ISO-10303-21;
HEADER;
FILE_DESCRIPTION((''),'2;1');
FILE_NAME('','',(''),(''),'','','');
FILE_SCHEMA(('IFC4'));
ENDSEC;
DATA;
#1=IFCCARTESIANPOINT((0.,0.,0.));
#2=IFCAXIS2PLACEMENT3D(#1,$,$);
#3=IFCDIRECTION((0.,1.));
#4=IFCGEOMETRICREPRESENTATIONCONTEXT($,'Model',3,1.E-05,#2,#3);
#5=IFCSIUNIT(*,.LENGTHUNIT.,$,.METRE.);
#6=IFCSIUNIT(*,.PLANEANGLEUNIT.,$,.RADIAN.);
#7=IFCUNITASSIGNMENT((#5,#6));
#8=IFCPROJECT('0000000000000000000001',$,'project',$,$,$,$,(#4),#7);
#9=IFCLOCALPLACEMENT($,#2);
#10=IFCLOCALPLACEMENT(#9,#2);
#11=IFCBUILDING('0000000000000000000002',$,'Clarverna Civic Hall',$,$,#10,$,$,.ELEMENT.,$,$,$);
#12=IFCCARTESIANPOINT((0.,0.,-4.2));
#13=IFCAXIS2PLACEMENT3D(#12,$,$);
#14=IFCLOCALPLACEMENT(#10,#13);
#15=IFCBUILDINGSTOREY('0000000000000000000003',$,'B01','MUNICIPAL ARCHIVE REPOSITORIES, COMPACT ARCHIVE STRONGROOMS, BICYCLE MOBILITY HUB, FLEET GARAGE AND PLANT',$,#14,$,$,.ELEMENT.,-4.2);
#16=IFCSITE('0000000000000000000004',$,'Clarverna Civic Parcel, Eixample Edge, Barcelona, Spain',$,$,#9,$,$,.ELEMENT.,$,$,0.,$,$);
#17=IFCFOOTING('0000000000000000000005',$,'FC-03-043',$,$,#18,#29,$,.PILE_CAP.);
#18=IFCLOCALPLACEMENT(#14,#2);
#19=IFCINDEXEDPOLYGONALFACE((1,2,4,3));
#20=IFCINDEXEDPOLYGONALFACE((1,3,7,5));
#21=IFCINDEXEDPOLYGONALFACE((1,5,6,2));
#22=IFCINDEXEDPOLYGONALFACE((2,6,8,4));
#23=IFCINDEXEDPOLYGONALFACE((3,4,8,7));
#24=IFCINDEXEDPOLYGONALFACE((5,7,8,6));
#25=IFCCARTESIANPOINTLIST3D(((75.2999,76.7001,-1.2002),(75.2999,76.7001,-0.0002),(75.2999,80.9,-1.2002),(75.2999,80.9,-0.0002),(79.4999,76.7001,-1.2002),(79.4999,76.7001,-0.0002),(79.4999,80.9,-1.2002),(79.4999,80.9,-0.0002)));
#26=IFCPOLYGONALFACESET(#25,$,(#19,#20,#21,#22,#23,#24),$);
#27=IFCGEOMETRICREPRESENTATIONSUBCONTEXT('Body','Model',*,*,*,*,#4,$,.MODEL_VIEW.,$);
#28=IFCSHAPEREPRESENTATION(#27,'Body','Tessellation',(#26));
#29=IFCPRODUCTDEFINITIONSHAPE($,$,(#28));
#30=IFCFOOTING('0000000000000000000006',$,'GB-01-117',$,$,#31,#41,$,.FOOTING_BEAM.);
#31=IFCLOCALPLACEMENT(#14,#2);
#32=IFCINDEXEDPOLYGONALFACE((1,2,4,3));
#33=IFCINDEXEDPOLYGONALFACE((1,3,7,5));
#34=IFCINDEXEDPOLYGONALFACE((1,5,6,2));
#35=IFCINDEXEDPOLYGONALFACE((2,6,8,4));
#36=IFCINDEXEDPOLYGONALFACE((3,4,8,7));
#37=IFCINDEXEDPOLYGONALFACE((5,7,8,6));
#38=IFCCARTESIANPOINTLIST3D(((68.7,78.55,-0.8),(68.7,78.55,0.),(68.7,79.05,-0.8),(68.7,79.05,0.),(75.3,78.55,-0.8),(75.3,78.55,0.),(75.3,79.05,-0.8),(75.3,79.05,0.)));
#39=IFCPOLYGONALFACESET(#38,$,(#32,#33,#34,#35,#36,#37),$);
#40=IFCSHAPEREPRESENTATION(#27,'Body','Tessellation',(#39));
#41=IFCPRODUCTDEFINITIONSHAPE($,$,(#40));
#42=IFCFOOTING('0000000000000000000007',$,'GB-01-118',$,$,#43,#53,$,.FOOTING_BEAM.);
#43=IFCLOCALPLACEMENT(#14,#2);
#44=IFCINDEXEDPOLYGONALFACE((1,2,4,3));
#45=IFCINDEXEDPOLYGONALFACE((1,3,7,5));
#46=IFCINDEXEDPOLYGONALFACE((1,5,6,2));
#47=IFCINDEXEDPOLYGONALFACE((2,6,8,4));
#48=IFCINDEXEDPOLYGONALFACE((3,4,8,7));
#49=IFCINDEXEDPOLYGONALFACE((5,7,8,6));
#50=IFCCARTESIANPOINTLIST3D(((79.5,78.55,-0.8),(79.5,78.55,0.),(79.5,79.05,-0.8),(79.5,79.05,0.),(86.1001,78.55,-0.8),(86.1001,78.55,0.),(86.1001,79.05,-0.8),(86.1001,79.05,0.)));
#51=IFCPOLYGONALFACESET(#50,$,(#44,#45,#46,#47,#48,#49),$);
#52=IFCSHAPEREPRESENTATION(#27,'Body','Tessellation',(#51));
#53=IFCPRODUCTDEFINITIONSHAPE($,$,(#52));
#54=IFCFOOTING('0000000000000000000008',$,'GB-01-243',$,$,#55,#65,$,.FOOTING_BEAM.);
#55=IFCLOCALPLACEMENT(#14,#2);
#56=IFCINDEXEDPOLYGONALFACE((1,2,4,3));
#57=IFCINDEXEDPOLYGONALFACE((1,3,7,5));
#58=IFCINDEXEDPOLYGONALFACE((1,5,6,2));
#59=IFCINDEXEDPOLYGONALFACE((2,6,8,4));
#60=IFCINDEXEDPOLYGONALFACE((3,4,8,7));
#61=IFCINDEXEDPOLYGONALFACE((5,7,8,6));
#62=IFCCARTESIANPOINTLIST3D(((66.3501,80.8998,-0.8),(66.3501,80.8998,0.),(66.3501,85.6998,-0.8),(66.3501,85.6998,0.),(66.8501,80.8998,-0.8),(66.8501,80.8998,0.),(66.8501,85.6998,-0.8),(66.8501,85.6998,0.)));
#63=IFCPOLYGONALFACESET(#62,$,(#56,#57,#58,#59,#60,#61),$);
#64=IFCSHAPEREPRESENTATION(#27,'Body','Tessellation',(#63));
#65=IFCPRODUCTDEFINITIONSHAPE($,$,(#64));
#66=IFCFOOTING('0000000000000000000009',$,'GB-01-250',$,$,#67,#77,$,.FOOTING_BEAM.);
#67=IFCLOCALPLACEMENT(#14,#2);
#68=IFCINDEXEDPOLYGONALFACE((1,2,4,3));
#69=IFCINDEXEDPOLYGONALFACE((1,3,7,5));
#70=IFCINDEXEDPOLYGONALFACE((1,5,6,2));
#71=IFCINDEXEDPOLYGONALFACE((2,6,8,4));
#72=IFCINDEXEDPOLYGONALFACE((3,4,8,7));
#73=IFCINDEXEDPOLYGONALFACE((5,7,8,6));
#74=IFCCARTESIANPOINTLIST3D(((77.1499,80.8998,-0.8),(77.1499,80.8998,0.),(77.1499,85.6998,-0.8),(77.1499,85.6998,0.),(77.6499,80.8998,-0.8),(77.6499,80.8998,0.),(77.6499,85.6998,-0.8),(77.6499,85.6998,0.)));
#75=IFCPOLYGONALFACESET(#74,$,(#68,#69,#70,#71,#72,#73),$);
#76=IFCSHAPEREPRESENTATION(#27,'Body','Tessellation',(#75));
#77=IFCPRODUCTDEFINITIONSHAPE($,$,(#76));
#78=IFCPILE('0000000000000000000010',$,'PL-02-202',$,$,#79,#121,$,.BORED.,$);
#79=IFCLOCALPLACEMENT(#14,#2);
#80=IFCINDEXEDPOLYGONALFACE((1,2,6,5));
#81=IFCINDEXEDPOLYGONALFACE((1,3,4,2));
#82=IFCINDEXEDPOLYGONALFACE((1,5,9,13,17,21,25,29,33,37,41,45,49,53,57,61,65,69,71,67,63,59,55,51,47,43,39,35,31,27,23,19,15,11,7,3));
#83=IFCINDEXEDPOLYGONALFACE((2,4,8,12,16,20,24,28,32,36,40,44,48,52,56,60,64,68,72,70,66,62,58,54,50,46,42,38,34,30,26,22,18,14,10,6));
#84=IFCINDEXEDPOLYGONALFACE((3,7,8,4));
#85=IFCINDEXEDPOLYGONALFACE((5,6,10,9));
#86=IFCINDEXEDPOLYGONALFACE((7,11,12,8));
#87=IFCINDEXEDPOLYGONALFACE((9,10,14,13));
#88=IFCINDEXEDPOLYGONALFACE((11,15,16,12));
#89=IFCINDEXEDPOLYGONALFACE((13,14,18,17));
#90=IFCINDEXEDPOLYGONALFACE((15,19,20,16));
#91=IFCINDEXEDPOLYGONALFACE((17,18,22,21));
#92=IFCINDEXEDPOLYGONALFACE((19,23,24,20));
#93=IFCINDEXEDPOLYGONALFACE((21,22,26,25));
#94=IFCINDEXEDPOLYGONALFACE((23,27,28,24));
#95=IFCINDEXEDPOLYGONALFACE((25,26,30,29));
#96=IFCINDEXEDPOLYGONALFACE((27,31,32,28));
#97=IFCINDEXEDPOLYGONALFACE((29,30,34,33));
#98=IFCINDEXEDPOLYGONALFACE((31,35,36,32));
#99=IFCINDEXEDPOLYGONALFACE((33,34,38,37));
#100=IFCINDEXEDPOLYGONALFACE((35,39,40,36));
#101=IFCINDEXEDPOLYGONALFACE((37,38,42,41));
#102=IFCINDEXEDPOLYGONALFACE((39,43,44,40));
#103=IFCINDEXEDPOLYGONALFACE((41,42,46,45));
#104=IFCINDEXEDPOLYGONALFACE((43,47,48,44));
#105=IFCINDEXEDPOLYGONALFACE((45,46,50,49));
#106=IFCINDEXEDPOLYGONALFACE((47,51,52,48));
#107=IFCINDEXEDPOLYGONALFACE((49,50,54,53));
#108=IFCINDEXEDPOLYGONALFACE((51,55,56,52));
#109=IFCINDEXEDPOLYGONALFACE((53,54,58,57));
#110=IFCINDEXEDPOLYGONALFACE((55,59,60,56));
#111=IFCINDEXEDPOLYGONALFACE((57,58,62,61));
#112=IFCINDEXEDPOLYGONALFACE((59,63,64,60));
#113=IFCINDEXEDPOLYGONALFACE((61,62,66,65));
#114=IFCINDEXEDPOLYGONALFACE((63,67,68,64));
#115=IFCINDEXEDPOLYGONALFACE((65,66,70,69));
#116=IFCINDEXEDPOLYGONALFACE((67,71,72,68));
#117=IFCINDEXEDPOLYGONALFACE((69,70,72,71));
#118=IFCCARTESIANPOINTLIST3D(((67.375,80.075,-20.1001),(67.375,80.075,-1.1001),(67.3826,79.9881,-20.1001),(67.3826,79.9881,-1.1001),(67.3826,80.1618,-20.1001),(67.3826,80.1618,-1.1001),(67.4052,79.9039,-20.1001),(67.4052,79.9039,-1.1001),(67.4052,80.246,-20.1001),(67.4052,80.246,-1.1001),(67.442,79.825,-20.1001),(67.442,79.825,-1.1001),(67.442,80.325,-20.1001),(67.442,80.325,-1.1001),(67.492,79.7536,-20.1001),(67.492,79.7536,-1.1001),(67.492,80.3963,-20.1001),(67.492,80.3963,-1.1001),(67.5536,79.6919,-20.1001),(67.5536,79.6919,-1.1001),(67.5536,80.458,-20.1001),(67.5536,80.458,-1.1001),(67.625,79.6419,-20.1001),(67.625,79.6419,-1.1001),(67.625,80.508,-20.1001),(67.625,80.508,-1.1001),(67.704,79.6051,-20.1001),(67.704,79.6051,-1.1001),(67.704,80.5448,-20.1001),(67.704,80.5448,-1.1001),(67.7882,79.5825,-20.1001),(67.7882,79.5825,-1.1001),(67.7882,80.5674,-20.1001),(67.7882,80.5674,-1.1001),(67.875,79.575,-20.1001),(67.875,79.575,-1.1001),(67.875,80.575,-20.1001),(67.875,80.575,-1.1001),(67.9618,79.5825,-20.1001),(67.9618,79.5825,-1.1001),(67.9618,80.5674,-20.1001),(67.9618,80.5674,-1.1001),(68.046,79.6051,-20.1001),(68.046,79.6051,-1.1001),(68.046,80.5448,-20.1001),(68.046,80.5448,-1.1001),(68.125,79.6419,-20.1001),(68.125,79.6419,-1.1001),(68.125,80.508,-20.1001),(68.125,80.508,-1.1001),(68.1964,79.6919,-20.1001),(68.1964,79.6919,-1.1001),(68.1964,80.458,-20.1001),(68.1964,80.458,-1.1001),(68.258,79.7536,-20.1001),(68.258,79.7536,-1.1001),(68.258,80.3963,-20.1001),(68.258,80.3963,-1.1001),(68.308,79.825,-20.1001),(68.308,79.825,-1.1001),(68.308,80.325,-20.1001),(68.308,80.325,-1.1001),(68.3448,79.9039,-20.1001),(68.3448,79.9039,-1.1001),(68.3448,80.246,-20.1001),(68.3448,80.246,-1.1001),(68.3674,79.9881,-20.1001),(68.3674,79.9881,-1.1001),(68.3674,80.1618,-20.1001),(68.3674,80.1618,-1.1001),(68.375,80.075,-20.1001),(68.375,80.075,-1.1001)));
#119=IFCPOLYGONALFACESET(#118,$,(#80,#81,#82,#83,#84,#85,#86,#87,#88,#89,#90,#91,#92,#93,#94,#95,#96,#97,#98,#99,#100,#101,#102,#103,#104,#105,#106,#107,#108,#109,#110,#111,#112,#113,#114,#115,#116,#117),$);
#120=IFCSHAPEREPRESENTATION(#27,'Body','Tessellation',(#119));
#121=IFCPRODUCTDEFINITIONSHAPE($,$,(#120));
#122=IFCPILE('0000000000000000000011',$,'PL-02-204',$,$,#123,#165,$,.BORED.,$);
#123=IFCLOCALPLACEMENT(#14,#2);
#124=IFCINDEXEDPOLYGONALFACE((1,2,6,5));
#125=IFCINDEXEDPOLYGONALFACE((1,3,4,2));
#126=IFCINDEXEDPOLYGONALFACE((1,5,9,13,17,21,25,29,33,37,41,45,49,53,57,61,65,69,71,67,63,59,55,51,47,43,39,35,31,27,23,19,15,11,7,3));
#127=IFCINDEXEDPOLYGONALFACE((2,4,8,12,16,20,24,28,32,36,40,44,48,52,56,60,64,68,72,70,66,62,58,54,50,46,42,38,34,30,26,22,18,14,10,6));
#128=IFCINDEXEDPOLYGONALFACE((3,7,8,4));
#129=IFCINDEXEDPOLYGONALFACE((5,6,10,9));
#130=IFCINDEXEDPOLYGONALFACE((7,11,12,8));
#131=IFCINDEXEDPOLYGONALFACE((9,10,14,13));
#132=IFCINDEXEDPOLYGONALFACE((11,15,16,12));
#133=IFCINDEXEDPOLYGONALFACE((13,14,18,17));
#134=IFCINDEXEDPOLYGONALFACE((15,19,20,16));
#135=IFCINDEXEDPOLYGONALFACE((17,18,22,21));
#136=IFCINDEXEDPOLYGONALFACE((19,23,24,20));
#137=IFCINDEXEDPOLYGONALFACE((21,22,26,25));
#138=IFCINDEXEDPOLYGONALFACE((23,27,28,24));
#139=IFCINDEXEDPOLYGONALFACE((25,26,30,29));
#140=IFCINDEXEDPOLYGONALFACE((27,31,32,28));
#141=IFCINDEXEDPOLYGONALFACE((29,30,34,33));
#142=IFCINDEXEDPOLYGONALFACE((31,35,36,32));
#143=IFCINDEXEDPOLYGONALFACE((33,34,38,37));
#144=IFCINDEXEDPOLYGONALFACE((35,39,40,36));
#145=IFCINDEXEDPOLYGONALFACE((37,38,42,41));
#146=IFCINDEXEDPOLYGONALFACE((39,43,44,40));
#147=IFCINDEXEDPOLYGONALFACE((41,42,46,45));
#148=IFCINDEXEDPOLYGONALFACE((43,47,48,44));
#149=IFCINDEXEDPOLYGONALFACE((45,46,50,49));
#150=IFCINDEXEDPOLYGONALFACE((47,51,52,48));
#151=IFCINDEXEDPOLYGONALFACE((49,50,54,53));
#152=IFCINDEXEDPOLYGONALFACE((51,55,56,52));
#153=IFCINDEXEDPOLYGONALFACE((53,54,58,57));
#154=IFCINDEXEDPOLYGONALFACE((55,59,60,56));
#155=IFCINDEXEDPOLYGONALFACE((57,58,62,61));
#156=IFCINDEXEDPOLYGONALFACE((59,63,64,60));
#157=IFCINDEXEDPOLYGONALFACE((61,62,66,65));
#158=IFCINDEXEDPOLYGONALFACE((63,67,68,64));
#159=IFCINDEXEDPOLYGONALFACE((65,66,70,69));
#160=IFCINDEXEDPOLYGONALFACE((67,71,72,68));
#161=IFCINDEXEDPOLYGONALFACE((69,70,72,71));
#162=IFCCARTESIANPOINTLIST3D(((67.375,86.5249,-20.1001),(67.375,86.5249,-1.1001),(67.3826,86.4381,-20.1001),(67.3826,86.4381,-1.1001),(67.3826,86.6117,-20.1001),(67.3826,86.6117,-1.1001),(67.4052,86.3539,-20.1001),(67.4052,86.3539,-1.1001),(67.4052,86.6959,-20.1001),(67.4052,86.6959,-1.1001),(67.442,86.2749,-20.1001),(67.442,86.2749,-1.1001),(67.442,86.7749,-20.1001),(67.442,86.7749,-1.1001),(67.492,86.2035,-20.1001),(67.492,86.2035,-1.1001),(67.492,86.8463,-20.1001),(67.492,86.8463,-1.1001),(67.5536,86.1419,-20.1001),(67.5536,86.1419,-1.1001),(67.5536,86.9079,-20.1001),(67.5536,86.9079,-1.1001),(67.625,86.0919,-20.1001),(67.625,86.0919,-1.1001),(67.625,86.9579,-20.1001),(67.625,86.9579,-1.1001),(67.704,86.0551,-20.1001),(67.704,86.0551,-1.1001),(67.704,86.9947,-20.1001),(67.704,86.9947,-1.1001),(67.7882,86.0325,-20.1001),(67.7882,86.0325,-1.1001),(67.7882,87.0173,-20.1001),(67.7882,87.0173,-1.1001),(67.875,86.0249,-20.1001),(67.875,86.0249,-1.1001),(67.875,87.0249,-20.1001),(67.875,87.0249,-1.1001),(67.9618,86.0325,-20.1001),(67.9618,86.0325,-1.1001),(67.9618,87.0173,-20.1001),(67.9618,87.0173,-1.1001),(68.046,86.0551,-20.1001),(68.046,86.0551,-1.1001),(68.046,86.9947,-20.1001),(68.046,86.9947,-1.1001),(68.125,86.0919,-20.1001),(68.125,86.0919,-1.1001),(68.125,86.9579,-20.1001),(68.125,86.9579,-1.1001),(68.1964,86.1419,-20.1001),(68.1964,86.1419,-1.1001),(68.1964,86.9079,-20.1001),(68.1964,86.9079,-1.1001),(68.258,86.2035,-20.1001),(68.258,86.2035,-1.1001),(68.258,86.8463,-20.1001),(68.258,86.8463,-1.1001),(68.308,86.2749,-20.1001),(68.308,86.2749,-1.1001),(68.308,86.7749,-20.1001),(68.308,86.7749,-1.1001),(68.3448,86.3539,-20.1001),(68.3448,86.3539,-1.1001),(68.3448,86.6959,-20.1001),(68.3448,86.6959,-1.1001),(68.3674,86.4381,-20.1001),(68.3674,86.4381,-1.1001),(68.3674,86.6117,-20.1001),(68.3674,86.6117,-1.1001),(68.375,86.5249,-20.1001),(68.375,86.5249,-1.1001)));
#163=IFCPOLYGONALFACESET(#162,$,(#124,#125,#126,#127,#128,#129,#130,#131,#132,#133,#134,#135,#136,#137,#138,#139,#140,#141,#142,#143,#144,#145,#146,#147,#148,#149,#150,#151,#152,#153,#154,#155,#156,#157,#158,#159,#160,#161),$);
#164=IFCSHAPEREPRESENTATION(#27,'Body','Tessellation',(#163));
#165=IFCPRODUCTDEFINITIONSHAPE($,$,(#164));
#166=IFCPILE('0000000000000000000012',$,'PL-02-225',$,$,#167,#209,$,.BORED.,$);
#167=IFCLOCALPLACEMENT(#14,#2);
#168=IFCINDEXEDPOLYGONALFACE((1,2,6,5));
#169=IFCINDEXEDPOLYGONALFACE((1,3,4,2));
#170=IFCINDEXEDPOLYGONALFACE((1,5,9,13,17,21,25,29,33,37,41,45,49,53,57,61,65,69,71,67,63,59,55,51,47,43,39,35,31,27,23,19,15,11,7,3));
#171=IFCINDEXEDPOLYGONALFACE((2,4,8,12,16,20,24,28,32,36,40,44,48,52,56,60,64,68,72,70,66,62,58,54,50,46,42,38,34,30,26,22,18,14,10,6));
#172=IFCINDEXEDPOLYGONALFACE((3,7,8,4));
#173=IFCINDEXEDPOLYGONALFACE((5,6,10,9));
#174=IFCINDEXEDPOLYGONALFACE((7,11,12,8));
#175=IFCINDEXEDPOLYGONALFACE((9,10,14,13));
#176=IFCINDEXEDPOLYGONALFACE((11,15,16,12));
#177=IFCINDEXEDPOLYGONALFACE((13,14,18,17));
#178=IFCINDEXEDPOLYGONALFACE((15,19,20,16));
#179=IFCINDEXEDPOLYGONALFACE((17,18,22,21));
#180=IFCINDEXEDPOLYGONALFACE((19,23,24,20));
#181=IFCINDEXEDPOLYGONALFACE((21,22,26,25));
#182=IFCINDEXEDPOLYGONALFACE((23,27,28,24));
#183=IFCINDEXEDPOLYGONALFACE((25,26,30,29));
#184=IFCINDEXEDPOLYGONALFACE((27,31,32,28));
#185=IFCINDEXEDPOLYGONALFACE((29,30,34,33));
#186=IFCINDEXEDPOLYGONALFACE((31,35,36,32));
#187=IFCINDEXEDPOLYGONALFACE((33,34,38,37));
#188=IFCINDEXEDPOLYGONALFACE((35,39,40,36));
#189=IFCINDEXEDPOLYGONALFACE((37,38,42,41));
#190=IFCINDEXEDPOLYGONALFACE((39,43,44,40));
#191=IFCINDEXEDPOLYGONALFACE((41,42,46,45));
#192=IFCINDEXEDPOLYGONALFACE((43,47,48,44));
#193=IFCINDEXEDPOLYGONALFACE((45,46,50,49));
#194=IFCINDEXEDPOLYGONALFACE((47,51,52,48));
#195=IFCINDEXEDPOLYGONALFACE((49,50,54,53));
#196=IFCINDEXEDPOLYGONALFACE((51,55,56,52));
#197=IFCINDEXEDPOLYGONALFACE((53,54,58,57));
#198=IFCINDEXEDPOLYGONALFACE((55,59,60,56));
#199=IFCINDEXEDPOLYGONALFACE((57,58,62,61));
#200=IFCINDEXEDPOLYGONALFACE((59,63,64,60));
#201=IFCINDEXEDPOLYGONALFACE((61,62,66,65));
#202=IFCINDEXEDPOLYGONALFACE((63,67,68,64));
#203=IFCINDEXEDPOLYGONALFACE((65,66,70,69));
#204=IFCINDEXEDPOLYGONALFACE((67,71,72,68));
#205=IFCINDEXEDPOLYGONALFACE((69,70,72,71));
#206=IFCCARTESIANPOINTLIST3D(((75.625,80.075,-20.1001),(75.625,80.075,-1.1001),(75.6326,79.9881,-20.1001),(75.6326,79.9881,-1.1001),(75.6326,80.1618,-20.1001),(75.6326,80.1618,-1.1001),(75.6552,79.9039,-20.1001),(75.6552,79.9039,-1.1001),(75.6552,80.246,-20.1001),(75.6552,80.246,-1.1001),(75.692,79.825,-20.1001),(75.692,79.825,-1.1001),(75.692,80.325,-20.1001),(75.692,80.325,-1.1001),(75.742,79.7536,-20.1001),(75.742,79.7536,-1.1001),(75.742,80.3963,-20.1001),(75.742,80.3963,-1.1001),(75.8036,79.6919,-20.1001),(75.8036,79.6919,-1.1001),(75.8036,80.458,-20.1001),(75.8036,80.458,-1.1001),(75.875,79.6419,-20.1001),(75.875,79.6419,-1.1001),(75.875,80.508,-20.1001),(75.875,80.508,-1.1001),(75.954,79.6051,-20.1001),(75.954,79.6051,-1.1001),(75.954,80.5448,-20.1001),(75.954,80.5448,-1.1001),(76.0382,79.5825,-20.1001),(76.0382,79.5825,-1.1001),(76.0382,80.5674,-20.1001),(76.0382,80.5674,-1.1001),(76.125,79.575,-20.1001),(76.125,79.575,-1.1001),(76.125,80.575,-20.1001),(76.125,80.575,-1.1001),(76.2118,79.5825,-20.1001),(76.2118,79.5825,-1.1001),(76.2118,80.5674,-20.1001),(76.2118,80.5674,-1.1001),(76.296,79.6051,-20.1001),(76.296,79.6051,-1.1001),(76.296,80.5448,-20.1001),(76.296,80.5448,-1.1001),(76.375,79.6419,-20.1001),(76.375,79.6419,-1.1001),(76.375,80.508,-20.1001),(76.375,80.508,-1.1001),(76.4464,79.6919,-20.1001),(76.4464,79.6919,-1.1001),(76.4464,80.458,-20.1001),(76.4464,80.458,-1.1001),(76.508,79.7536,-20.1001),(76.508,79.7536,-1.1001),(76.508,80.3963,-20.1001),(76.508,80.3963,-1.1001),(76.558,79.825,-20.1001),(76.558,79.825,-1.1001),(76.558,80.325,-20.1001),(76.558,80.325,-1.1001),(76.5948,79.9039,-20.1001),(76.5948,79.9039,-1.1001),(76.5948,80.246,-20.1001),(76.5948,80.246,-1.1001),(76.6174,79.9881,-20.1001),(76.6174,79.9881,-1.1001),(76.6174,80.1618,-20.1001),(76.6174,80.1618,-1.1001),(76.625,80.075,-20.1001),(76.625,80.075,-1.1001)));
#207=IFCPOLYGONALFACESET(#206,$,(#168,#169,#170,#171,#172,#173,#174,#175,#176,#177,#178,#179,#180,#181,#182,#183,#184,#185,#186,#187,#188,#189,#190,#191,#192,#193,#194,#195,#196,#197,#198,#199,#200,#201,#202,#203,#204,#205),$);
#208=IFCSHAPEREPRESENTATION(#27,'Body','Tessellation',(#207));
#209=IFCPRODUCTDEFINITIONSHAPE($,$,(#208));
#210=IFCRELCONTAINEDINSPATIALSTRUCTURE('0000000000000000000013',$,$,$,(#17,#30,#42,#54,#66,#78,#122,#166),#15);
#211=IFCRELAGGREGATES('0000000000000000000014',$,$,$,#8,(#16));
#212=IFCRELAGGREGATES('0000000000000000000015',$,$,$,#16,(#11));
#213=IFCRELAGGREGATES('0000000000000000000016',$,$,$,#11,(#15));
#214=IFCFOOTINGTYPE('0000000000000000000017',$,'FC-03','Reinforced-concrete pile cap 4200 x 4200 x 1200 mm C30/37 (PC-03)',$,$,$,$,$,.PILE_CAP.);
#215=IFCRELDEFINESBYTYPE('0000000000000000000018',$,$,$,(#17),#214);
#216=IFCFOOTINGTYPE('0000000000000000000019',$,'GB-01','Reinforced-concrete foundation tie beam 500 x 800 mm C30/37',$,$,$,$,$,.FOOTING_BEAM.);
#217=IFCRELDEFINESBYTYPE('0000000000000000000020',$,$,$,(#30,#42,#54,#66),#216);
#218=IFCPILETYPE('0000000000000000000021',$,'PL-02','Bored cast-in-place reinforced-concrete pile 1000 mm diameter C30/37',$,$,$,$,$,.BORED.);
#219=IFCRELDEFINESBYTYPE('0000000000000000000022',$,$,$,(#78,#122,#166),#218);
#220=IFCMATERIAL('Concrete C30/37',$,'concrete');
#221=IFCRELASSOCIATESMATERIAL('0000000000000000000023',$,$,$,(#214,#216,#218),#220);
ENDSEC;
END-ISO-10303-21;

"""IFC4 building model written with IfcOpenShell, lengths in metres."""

from ifc_helpers import new_model, si_unit, direction, frame, frame_2d, origin, origin_2d, place, context, subcontext, project, spatial, rectangle, circle, extrude, material, material_profile, profile_set, type_object, element, save


model = new_model("IFC4")

# Units and contexts
model_context = context("Model", 3, precision=1e-05, world=origin(), true_north=direction((0.0, 1.0)))
body_context = subcontext(model_context, "Body", "Model", "MODEL_VIEW")
ifc_project = project(units=[si_unit("LENGTHUNIT", "METRE"), si_unit("PLANEANGLEUNIT", "RADIAN")], contexts=[model_context])

# Site, building, storey
site_placement = place(None, origin())
site = spatial("IfcSite", under=ifc_project, at=site_placement, Name="Clarverna Civic Parcel, Eixample Edge, Barcelona, Spain", CompositionType="ELEMENT", RefElevation=0.0)
building_placement = place(site_placement, origin())
building = spatial("IfcBuilding", under=site, at=building_placement, Name="Clarverna Civic Hall", CompositionType="ELEMENT")
storey_placement = place(building_placement, frame((0.0, 0.0, -4.2)))
storey = spatial("IfcBuildingStorey", under=building, at=storey_placement, Name="B01", Description="MUNICIPAL ARCHIVE REPOSITORIES, COMPACT ARCHIVE STRONGROOMS, BICYCLE MOBILITY HUB, FLEET GARAGE AND PLANT", CompositionType="ELEMENT", Elevation=-4.2)

# Footings
ifc_material_1 = material(Name="Concrete C30/37", Category="concrete")
footing_type_1 = type_object("IfcFootingType", Name="FC-03", Description="Reinforced-concrete pile cap 4200 x 4200 x 1200 mm C30/37 (PC-03)", PredefinedType="PILE_CAP", material=ifc_material_1)
footing_placement = place(storey_placement, frame((77.3999, 78.8, -1.2002), z_axis=(0.0, 0.0, 1.0), x_axis=(1.0, 0.0, 0.0)))
element("IfcFooting", 1, at=footing_placement, inside=storey, type_object=footing_type_1, Name="FC-03-043", PredefinedType="PILE_CAP", context=body_context, shape_type="SweptSolid", body=[
    extrude(rectangle(XDim=4.2, YDim=4.2, at=origin_2d()), origin(), (0.0, 0.0, 1.0), 1.2),
])
footing_type_2 = type_object("IfcFootingType", Name="GB-01", Description="Reinforced-concrete foundation tie beam 500 x 800 mm C30/37", PredefinedType="FOOTING_BEAM", material=ifc_material_1)
for number, where, z_axis, x_axis, name in (
    (2, (68.7, 78.8, -0.8), (0.0, 0.0, 1.0), (1.0, 0.0, 0.0), "GB-01-117"),
    (3, (79.5, 78.8, -0.8), (0.0, 0.0, 1.0), (1.0, 0.0, 0.0), "GB-01-118"),
):
    element("IfcFooting", number, at=place(storey_placement, frame(where, z_axis=z_axis, x_axis=x_axis)), inside=storey, type_object=footing_type_2, Name=name, PredefinedType="FOOTING_BEAM", context=body_context, shape_type="SweptSolid", body=[
        extrude(rectangle(XDim=6.6001, YDim=0.5, at=frame_2d((3.3, 0.0))), origin(), (0.0, 0.0, 1.0), 0.8),
    ])
for number, where, z_axis, x_axis, name in (
    (4, (66.6001, 80.8999, -0.8), (0.0, 0.0, 1.0), (0.0, 1.0, 0.0), "GB-01-243"),
    (5, (77.3999, 80.8999, -0.8), (0.0, 0.0, 1.0), (0.0, 1.0, 0.0), "GB-01-250"),
):
    element("IfcFooting", number, at=place(storey_placement, frame(where, z_axis=z_axis, x_axis=x_axis)), inside=storey, type_object=footing_type_2, Name=name, PredefinedType="FOOTING_BEAM", context=body_context, shape_type="SweptSolid", body=[
        extrude(rectangle(XDim=4.8, YDim=0.5, at=frame_2d((2.3999, 0.0))), origin(), (0.0, 0.0, 1.0), 0.8),
    ])

# Piles
ifc_material_profile_1 = material_profile(ifc_material_1, circle(Radius=0.5, at=origin_2d()), Name="BORED PILE D1000")
ifc_profile_set_1 = profile_set([ifc_material_profile_1], Name="Concrete C30/37")
pile_type = type_object("IfcPileType", Name="PL-02", Description="Bored cast-in-place reinforced-concrete pile 1000 mm diameter C30/37", PredefinedType="BORED", material=ifc_profile_set_1)
for number, where, z_axis, x_axis, name in (
    (6, (67.875, 80.075, -1.1001), (0.0, 0.0, -1.0), (1.0, 0.0, 0.0), "PL-02-202"),
    (7, (67.875, 86.5249, -1.1001), (0.0, 0.0, -1.0), (1.0, 0.0, 0.0), "PL-02-204"),
    (8, (76.125, 80.075, -1.1001), (0.0, 0.0, -1.0), (1.0, 0.0, 0.0), "PL-02-225"),
):
    element("IfcPile", number, at=place(storey_placement, frame(where, z_axis=z_axis, x_axis=x_axis)), inside=storey, type_object=pile_type, Name=name, PredefinedType="BORED", context=body_context, shape_type="SweptSolid", body=[
        extrude(circle(Radius=0.5, at=origin_2d()), origin(), (0.0, 0.0, 1.0), 19.0),
    ])

save(model, "model.ifc")
